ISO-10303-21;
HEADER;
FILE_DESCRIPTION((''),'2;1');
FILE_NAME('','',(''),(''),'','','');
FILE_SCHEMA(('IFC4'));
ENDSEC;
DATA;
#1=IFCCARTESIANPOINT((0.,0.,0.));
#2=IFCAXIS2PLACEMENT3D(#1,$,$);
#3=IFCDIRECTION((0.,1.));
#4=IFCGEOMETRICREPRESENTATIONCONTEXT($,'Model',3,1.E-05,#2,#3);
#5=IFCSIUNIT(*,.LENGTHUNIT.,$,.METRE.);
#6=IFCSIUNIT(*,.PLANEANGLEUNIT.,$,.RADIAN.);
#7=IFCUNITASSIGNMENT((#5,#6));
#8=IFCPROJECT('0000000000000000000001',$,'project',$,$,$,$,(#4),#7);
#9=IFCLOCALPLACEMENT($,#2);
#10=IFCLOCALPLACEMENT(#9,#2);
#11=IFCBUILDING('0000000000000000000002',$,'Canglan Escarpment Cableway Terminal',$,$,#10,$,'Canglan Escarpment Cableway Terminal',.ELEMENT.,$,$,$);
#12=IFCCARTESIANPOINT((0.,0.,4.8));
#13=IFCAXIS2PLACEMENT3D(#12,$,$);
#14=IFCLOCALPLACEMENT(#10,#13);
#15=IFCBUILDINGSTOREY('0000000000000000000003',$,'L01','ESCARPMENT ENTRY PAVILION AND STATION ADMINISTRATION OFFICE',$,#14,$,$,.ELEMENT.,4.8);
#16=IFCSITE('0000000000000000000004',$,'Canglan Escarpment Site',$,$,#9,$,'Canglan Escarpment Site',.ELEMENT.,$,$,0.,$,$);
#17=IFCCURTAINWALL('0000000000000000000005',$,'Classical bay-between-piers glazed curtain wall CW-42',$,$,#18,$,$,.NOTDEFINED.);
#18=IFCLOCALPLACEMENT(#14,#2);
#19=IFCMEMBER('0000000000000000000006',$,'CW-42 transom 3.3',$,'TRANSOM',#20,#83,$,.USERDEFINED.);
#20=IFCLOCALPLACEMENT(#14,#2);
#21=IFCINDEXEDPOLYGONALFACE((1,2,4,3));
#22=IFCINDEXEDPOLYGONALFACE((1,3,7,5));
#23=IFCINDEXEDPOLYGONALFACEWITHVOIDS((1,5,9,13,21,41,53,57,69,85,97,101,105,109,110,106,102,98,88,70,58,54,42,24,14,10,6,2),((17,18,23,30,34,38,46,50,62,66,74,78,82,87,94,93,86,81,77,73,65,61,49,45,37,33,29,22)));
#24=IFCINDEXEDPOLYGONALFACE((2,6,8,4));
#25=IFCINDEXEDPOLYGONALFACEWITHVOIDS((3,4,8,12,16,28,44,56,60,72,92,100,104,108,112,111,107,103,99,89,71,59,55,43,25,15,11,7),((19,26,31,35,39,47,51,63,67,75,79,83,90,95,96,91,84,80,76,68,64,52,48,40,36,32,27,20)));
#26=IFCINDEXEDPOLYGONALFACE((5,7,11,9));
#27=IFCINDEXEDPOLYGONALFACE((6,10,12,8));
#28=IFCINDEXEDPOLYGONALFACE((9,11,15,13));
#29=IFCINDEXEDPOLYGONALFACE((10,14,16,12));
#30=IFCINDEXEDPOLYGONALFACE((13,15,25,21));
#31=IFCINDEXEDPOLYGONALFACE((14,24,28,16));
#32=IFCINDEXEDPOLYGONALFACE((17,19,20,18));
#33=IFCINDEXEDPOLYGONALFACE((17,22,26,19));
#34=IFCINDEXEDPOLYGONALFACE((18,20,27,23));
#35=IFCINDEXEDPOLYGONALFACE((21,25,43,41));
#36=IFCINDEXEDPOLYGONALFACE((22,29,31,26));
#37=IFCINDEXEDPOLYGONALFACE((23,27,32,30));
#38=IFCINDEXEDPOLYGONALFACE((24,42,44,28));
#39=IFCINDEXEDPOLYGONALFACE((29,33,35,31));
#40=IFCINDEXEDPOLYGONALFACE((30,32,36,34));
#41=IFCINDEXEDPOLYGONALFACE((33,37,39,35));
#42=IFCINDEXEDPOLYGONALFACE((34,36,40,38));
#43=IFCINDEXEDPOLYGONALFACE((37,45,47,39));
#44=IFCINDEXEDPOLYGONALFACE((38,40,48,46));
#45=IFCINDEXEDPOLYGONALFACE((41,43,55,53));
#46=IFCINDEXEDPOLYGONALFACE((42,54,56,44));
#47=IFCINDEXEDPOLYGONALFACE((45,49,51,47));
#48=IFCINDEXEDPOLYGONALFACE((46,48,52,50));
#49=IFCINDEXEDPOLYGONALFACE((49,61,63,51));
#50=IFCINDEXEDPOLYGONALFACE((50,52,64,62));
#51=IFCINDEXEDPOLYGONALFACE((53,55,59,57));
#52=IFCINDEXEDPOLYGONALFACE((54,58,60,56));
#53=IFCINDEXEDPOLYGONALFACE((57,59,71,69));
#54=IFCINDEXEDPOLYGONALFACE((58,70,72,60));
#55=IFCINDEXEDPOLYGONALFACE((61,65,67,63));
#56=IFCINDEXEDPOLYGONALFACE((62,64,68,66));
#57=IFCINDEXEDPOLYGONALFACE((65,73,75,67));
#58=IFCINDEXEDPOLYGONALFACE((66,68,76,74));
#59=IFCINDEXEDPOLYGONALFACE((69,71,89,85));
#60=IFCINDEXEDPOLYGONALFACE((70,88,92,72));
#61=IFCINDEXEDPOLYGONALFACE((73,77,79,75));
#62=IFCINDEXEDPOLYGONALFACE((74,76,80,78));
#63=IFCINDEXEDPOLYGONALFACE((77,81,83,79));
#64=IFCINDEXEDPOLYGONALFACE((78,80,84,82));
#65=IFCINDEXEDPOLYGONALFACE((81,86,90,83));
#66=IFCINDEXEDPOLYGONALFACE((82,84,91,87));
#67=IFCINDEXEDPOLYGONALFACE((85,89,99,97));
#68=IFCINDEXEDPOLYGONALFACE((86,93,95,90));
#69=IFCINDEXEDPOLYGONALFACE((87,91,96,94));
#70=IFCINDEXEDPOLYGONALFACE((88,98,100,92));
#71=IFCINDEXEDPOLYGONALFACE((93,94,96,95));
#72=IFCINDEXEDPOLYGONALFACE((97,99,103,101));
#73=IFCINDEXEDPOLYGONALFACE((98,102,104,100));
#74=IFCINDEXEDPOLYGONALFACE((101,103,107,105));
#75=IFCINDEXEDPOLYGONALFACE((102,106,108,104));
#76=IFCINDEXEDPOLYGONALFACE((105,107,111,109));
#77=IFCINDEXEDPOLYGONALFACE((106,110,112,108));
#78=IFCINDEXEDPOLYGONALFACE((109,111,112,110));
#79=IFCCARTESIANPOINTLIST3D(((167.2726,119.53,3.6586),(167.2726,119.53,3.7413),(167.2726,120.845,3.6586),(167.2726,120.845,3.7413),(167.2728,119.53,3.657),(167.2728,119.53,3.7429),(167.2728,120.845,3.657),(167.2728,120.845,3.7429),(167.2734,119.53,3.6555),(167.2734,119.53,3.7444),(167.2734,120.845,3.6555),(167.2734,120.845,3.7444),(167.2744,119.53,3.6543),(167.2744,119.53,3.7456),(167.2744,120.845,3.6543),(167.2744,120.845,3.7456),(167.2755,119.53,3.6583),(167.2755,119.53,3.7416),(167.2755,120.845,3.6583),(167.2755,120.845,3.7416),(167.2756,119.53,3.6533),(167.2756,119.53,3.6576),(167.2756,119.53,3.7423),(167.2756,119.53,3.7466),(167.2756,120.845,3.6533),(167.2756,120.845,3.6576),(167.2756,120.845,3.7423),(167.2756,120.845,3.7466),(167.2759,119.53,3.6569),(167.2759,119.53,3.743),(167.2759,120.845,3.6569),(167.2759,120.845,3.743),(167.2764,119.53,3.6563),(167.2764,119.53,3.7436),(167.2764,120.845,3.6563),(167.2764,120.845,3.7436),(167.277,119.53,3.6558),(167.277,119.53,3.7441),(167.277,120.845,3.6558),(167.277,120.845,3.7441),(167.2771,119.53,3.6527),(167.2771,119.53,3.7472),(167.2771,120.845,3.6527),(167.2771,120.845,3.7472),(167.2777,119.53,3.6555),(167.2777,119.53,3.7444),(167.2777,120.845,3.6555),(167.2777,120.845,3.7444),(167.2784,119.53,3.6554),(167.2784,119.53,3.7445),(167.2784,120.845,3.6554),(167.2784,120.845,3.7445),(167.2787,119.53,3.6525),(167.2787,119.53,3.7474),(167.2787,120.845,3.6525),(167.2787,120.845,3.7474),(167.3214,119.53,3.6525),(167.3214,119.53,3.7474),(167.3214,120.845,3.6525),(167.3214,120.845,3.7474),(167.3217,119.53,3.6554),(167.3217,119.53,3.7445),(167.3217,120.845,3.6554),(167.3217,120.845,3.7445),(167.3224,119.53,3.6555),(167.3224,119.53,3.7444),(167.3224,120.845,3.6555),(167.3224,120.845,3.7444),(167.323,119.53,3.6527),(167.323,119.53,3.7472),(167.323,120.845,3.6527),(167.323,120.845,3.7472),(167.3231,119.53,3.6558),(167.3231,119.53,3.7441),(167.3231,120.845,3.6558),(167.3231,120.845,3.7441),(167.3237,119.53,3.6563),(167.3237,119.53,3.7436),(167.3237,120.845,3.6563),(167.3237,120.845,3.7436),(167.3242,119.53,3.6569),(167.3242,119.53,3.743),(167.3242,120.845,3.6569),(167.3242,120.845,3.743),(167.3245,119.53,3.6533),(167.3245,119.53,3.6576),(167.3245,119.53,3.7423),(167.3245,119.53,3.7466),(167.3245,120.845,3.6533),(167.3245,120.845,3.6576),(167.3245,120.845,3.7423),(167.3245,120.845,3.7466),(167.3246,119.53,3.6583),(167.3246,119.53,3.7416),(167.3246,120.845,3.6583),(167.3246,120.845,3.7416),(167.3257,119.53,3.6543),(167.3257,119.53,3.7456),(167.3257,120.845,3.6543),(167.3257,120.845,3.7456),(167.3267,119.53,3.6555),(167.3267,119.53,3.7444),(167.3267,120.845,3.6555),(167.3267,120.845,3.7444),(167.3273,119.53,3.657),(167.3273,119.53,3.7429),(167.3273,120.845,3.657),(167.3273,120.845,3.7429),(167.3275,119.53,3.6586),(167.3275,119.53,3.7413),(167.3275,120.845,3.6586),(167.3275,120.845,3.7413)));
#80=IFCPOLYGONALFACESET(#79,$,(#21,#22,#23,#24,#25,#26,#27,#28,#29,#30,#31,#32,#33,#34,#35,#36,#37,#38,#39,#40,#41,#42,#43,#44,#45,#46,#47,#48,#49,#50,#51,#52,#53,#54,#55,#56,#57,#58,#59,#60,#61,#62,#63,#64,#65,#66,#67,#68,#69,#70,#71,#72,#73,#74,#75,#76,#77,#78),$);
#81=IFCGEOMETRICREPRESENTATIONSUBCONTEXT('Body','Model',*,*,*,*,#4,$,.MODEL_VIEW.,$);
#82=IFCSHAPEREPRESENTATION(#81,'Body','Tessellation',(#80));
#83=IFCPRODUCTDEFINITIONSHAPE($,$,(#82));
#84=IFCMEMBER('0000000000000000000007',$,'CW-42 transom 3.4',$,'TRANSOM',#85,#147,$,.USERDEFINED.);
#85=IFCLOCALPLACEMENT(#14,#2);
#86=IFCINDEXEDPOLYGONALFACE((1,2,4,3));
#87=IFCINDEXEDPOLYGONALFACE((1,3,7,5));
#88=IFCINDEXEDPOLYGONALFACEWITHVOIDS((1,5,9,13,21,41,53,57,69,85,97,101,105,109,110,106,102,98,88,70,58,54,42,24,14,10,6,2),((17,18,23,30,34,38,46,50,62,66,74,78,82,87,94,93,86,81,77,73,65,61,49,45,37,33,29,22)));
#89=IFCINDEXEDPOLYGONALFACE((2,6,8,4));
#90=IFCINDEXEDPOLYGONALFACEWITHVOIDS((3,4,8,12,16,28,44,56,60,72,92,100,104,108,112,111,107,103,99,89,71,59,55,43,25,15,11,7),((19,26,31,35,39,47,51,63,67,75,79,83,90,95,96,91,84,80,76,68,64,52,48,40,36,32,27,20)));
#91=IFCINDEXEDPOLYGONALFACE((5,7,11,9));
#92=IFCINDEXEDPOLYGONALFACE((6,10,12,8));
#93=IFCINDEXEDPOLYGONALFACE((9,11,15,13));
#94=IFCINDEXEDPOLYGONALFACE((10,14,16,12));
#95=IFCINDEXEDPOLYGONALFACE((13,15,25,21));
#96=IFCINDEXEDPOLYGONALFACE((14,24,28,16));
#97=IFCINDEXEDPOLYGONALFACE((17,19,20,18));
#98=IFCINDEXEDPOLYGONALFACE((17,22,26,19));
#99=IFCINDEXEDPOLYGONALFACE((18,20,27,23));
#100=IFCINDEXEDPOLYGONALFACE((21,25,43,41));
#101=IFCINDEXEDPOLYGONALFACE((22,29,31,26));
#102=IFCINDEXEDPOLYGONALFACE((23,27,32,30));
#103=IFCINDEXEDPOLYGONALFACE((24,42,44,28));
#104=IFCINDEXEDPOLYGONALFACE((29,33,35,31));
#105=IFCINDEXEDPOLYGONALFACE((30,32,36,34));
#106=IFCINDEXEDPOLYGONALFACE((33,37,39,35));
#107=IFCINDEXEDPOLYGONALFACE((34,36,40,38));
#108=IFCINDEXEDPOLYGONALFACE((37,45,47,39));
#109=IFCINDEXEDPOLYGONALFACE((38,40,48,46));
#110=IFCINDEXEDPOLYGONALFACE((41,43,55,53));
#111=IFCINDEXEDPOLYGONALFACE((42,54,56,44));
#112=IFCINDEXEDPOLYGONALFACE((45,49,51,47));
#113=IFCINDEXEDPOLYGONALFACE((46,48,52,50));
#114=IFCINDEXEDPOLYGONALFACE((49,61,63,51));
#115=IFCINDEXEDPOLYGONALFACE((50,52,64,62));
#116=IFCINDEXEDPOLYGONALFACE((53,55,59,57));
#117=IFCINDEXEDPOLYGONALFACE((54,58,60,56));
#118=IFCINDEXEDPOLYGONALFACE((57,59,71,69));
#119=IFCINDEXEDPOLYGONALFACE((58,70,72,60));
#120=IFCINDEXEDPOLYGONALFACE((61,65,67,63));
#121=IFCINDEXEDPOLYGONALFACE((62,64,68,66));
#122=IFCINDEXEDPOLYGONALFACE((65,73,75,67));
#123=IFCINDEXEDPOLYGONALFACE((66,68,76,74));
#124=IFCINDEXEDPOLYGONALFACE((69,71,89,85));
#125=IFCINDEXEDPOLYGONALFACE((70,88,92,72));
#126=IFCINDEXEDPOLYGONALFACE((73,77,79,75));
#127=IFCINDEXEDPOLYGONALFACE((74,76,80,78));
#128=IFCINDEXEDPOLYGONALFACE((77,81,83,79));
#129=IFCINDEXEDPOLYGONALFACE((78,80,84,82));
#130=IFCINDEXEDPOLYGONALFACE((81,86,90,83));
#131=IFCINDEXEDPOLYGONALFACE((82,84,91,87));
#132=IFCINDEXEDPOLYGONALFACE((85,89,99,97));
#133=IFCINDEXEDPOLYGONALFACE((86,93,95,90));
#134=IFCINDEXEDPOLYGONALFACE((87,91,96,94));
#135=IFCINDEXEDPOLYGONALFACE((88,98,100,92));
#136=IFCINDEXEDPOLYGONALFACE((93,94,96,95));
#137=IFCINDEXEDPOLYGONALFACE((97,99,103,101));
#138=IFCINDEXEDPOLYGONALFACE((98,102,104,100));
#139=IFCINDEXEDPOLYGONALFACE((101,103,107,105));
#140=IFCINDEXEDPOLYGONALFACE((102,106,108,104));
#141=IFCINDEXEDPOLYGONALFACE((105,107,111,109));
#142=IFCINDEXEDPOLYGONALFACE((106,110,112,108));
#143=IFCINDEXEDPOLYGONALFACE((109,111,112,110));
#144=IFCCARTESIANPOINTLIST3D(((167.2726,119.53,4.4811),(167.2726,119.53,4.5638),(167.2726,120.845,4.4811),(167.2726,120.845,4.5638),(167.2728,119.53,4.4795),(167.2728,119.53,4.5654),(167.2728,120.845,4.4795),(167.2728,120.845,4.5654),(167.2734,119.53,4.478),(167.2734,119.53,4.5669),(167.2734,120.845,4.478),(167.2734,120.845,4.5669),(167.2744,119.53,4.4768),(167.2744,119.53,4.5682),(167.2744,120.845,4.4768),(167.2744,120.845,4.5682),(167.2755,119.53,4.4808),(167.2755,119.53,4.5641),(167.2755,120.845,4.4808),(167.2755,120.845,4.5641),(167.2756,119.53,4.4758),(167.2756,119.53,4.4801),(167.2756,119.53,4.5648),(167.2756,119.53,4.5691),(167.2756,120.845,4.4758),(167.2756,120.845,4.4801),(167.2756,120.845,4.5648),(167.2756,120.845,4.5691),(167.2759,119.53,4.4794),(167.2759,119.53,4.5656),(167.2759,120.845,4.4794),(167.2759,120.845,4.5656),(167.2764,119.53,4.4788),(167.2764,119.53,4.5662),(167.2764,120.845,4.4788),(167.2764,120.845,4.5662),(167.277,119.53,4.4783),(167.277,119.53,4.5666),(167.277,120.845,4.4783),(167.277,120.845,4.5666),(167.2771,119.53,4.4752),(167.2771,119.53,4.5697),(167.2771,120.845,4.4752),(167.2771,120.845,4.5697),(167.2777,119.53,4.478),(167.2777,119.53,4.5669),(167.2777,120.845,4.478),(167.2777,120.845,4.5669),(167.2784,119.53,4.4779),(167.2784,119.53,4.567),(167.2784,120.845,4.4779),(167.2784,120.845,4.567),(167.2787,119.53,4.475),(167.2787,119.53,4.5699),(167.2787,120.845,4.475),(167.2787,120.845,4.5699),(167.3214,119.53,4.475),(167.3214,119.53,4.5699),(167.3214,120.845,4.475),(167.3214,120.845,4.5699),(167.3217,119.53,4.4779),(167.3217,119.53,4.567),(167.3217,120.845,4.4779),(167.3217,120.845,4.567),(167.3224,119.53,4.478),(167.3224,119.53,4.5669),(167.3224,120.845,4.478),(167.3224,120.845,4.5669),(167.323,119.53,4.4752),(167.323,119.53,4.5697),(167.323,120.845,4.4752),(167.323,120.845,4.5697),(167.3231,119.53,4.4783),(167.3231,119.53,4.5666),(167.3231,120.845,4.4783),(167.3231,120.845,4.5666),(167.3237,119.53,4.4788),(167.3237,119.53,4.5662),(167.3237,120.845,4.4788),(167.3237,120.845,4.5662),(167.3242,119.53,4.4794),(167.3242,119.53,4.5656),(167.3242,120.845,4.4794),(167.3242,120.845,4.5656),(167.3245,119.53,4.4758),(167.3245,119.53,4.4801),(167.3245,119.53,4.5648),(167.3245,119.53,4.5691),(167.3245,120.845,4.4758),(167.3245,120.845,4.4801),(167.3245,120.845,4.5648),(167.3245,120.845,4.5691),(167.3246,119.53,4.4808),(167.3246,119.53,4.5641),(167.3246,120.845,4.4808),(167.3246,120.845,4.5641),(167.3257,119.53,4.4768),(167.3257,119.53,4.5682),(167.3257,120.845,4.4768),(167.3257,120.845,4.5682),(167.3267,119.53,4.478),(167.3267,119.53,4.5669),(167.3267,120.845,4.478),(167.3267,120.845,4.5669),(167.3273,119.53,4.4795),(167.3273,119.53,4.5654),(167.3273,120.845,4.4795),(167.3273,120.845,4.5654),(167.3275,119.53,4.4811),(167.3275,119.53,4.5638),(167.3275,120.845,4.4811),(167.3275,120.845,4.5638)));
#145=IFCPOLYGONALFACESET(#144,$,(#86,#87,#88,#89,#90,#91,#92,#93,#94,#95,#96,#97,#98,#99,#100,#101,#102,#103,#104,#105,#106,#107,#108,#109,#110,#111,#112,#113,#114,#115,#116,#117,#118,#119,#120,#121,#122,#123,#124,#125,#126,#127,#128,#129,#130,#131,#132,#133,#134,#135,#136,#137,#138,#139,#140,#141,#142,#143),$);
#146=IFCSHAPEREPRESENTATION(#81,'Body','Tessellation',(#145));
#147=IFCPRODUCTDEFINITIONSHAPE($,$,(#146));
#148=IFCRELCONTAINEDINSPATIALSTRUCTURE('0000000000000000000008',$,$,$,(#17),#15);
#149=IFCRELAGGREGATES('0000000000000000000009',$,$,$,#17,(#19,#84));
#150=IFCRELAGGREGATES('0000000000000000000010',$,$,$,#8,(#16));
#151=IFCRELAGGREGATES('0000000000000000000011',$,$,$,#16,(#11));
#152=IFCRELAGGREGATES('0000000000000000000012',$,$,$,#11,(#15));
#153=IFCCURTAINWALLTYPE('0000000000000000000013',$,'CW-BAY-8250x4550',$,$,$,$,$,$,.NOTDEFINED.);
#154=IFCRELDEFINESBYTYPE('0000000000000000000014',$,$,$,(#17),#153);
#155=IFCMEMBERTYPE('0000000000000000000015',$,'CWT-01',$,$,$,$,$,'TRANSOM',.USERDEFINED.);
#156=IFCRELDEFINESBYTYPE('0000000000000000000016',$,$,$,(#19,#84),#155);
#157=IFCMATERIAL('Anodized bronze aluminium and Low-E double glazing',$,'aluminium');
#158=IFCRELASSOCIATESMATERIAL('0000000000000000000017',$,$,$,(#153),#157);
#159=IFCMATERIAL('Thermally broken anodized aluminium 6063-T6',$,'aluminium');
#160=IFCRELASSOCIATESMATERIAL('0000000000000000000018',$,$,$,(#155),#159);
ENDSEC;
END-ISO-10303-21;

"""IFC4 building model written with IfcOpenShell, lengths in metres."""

from ifc_helpers import new_model, si_unit, direction, frame, origin, origin_2d, place, context, subcontext, project, spatial, hollow_rectangle, extrude, material, material_profile, profile_set, type_object, element, aggregate, save


model = new_model("IFC4")

# Units and contexts
model_context = context("Model", 3, precision=1e-05, world=origin(), true_north=direction((0.0, 1.0)))
body_context = subcontext(model_context, "Body", "Model", "MODEL_VIEW")
ifc_project = project(units=[si_unit("LENGTHUNIT", "METRE"), si_unit("PLANEANGLEUNIT", "RADIAN")], contexts=[model_context])

# Site, building, storey
site_placement = place(None, origin())
site = spatial("IfcSite", under=ifc_project, at=site_placement, Name="Canglan Escarpment Site", LongName="Canglan Escarpment Site", CompositionType="ELEMENT", RefElevation=0.0)
building_placement = place(site_placement, origin())
building = spatial("IfcBuilding", under=site, at=building_placement, Name="Canglan Escarpment Cableway Terminal", LongName="Canglan Escarpment Cableway Terminal", CompositionType="ELEMENT")
storey_placement = place(building_placement, frame((0.0, 0.0, 4.8)))
storey = spatial("IfcBuildingStorey", under=building, at=storey_placement, Name="L01", Description="ESCARPMENT ENTRY PAVILION AND STATION ADMINISTRATION OFFICE", CompositionType="ELEMENT", Elevation=4.8)

# Curtain wall, members
ifc_material_1 = material(Name="Anodized bronze aluminium and Low-E double glazing", Category="aluminium")
curtain_wall_type = type_object("IfcCurtainWallType", Name="CW-BAY-8250x4550", PredefinedType="NOTDEFINED", material=ifc_material_1)
curtain_wall_placement = place(storey_placement, origin())
curtain_wall = element("IfcCurtainWall", 1, at=curtain_wall_placement, inside=storey, type_object=curtain_wall_type, Name="Classical bay-between-piers glazed curtain wall CW-42", PredefinedType="NOTDEFINED")
ifc_material_2 = material(Name="Thermally broken anodized aluminium 6063-T6", Category="aluminium")
ifc_material_profile_1 = material_profile(ifc_material_2, hollow_rectangle(XDim=0.0549, YDim=0.095, WallThickness=0.0029, InnerFilletRadius=0.0029, OuterFilletRadius=0.0061, at=origin_2d()), Name="ALU-TRAN 55x95x3")
ifc_profile_set_1 = profile_set([ifc_material_profile_1], Name="Thermally broken anodized aluminium 6063-T6")
member_type_1 = type_object("IfcMemberType", Name="CWT-01", ElementType="TRANSOM", PredefinedType="USERDEFINED", material=ifc_profile_set_1)
member_1_placement = place(storey_placement, frame((167.3, 120.845, 3.7), z_axis=(0.0, -1.0, 0.0), x_axis=(1.0, 0.0, 0.0)))
member_1 = element("IfcMember", 2, at=member_1_placement, type_object=member_type_1, Name="CW-42 transom 3.3", ObjectType="TRANSOM", PredefinedType="USERDEFINED", context=body_context, shape_type="SweptSolid", body=[
    extrude(hollow_rectangle(XDim=0.0549, YDim=0.095, WallThickness=0.0029, InnerFilletRadius=0.0029, OuterFilletRadius=0.0061, at=origin_2d()), origin(), (0.0, 0.0, 1.0), 1.3149),
])
member_2_placement = place(storey_placement, frame((167.3, 120.845, 4.5225), z_axis=(0.0, -1.0, 0.0), x_axis=(1.0, 0.0, 0.0)))
member_2 = element("IfcMember", 3, at=member_2_placement, type_object=member_type_1, Name="CW-42 transom 3.4", ObjectType="TRANSOM", PredefinedType="USERDEFINED", context=body_context, shape_type="SweptSolid", body=[
    extrude(hollow_rectangle(XDim=0.0549, YDim=0.095, WallThickness=0.0029, InnerFilletRadius=0.0029, OuterFilletRadius=0.0061, at=origin_2d()), origin(), (0.0, 0.0, 1.0), 1.3149),
])
aggregate(curtain_wall, [member_1, member_2])

save(model, "model.ifc")
